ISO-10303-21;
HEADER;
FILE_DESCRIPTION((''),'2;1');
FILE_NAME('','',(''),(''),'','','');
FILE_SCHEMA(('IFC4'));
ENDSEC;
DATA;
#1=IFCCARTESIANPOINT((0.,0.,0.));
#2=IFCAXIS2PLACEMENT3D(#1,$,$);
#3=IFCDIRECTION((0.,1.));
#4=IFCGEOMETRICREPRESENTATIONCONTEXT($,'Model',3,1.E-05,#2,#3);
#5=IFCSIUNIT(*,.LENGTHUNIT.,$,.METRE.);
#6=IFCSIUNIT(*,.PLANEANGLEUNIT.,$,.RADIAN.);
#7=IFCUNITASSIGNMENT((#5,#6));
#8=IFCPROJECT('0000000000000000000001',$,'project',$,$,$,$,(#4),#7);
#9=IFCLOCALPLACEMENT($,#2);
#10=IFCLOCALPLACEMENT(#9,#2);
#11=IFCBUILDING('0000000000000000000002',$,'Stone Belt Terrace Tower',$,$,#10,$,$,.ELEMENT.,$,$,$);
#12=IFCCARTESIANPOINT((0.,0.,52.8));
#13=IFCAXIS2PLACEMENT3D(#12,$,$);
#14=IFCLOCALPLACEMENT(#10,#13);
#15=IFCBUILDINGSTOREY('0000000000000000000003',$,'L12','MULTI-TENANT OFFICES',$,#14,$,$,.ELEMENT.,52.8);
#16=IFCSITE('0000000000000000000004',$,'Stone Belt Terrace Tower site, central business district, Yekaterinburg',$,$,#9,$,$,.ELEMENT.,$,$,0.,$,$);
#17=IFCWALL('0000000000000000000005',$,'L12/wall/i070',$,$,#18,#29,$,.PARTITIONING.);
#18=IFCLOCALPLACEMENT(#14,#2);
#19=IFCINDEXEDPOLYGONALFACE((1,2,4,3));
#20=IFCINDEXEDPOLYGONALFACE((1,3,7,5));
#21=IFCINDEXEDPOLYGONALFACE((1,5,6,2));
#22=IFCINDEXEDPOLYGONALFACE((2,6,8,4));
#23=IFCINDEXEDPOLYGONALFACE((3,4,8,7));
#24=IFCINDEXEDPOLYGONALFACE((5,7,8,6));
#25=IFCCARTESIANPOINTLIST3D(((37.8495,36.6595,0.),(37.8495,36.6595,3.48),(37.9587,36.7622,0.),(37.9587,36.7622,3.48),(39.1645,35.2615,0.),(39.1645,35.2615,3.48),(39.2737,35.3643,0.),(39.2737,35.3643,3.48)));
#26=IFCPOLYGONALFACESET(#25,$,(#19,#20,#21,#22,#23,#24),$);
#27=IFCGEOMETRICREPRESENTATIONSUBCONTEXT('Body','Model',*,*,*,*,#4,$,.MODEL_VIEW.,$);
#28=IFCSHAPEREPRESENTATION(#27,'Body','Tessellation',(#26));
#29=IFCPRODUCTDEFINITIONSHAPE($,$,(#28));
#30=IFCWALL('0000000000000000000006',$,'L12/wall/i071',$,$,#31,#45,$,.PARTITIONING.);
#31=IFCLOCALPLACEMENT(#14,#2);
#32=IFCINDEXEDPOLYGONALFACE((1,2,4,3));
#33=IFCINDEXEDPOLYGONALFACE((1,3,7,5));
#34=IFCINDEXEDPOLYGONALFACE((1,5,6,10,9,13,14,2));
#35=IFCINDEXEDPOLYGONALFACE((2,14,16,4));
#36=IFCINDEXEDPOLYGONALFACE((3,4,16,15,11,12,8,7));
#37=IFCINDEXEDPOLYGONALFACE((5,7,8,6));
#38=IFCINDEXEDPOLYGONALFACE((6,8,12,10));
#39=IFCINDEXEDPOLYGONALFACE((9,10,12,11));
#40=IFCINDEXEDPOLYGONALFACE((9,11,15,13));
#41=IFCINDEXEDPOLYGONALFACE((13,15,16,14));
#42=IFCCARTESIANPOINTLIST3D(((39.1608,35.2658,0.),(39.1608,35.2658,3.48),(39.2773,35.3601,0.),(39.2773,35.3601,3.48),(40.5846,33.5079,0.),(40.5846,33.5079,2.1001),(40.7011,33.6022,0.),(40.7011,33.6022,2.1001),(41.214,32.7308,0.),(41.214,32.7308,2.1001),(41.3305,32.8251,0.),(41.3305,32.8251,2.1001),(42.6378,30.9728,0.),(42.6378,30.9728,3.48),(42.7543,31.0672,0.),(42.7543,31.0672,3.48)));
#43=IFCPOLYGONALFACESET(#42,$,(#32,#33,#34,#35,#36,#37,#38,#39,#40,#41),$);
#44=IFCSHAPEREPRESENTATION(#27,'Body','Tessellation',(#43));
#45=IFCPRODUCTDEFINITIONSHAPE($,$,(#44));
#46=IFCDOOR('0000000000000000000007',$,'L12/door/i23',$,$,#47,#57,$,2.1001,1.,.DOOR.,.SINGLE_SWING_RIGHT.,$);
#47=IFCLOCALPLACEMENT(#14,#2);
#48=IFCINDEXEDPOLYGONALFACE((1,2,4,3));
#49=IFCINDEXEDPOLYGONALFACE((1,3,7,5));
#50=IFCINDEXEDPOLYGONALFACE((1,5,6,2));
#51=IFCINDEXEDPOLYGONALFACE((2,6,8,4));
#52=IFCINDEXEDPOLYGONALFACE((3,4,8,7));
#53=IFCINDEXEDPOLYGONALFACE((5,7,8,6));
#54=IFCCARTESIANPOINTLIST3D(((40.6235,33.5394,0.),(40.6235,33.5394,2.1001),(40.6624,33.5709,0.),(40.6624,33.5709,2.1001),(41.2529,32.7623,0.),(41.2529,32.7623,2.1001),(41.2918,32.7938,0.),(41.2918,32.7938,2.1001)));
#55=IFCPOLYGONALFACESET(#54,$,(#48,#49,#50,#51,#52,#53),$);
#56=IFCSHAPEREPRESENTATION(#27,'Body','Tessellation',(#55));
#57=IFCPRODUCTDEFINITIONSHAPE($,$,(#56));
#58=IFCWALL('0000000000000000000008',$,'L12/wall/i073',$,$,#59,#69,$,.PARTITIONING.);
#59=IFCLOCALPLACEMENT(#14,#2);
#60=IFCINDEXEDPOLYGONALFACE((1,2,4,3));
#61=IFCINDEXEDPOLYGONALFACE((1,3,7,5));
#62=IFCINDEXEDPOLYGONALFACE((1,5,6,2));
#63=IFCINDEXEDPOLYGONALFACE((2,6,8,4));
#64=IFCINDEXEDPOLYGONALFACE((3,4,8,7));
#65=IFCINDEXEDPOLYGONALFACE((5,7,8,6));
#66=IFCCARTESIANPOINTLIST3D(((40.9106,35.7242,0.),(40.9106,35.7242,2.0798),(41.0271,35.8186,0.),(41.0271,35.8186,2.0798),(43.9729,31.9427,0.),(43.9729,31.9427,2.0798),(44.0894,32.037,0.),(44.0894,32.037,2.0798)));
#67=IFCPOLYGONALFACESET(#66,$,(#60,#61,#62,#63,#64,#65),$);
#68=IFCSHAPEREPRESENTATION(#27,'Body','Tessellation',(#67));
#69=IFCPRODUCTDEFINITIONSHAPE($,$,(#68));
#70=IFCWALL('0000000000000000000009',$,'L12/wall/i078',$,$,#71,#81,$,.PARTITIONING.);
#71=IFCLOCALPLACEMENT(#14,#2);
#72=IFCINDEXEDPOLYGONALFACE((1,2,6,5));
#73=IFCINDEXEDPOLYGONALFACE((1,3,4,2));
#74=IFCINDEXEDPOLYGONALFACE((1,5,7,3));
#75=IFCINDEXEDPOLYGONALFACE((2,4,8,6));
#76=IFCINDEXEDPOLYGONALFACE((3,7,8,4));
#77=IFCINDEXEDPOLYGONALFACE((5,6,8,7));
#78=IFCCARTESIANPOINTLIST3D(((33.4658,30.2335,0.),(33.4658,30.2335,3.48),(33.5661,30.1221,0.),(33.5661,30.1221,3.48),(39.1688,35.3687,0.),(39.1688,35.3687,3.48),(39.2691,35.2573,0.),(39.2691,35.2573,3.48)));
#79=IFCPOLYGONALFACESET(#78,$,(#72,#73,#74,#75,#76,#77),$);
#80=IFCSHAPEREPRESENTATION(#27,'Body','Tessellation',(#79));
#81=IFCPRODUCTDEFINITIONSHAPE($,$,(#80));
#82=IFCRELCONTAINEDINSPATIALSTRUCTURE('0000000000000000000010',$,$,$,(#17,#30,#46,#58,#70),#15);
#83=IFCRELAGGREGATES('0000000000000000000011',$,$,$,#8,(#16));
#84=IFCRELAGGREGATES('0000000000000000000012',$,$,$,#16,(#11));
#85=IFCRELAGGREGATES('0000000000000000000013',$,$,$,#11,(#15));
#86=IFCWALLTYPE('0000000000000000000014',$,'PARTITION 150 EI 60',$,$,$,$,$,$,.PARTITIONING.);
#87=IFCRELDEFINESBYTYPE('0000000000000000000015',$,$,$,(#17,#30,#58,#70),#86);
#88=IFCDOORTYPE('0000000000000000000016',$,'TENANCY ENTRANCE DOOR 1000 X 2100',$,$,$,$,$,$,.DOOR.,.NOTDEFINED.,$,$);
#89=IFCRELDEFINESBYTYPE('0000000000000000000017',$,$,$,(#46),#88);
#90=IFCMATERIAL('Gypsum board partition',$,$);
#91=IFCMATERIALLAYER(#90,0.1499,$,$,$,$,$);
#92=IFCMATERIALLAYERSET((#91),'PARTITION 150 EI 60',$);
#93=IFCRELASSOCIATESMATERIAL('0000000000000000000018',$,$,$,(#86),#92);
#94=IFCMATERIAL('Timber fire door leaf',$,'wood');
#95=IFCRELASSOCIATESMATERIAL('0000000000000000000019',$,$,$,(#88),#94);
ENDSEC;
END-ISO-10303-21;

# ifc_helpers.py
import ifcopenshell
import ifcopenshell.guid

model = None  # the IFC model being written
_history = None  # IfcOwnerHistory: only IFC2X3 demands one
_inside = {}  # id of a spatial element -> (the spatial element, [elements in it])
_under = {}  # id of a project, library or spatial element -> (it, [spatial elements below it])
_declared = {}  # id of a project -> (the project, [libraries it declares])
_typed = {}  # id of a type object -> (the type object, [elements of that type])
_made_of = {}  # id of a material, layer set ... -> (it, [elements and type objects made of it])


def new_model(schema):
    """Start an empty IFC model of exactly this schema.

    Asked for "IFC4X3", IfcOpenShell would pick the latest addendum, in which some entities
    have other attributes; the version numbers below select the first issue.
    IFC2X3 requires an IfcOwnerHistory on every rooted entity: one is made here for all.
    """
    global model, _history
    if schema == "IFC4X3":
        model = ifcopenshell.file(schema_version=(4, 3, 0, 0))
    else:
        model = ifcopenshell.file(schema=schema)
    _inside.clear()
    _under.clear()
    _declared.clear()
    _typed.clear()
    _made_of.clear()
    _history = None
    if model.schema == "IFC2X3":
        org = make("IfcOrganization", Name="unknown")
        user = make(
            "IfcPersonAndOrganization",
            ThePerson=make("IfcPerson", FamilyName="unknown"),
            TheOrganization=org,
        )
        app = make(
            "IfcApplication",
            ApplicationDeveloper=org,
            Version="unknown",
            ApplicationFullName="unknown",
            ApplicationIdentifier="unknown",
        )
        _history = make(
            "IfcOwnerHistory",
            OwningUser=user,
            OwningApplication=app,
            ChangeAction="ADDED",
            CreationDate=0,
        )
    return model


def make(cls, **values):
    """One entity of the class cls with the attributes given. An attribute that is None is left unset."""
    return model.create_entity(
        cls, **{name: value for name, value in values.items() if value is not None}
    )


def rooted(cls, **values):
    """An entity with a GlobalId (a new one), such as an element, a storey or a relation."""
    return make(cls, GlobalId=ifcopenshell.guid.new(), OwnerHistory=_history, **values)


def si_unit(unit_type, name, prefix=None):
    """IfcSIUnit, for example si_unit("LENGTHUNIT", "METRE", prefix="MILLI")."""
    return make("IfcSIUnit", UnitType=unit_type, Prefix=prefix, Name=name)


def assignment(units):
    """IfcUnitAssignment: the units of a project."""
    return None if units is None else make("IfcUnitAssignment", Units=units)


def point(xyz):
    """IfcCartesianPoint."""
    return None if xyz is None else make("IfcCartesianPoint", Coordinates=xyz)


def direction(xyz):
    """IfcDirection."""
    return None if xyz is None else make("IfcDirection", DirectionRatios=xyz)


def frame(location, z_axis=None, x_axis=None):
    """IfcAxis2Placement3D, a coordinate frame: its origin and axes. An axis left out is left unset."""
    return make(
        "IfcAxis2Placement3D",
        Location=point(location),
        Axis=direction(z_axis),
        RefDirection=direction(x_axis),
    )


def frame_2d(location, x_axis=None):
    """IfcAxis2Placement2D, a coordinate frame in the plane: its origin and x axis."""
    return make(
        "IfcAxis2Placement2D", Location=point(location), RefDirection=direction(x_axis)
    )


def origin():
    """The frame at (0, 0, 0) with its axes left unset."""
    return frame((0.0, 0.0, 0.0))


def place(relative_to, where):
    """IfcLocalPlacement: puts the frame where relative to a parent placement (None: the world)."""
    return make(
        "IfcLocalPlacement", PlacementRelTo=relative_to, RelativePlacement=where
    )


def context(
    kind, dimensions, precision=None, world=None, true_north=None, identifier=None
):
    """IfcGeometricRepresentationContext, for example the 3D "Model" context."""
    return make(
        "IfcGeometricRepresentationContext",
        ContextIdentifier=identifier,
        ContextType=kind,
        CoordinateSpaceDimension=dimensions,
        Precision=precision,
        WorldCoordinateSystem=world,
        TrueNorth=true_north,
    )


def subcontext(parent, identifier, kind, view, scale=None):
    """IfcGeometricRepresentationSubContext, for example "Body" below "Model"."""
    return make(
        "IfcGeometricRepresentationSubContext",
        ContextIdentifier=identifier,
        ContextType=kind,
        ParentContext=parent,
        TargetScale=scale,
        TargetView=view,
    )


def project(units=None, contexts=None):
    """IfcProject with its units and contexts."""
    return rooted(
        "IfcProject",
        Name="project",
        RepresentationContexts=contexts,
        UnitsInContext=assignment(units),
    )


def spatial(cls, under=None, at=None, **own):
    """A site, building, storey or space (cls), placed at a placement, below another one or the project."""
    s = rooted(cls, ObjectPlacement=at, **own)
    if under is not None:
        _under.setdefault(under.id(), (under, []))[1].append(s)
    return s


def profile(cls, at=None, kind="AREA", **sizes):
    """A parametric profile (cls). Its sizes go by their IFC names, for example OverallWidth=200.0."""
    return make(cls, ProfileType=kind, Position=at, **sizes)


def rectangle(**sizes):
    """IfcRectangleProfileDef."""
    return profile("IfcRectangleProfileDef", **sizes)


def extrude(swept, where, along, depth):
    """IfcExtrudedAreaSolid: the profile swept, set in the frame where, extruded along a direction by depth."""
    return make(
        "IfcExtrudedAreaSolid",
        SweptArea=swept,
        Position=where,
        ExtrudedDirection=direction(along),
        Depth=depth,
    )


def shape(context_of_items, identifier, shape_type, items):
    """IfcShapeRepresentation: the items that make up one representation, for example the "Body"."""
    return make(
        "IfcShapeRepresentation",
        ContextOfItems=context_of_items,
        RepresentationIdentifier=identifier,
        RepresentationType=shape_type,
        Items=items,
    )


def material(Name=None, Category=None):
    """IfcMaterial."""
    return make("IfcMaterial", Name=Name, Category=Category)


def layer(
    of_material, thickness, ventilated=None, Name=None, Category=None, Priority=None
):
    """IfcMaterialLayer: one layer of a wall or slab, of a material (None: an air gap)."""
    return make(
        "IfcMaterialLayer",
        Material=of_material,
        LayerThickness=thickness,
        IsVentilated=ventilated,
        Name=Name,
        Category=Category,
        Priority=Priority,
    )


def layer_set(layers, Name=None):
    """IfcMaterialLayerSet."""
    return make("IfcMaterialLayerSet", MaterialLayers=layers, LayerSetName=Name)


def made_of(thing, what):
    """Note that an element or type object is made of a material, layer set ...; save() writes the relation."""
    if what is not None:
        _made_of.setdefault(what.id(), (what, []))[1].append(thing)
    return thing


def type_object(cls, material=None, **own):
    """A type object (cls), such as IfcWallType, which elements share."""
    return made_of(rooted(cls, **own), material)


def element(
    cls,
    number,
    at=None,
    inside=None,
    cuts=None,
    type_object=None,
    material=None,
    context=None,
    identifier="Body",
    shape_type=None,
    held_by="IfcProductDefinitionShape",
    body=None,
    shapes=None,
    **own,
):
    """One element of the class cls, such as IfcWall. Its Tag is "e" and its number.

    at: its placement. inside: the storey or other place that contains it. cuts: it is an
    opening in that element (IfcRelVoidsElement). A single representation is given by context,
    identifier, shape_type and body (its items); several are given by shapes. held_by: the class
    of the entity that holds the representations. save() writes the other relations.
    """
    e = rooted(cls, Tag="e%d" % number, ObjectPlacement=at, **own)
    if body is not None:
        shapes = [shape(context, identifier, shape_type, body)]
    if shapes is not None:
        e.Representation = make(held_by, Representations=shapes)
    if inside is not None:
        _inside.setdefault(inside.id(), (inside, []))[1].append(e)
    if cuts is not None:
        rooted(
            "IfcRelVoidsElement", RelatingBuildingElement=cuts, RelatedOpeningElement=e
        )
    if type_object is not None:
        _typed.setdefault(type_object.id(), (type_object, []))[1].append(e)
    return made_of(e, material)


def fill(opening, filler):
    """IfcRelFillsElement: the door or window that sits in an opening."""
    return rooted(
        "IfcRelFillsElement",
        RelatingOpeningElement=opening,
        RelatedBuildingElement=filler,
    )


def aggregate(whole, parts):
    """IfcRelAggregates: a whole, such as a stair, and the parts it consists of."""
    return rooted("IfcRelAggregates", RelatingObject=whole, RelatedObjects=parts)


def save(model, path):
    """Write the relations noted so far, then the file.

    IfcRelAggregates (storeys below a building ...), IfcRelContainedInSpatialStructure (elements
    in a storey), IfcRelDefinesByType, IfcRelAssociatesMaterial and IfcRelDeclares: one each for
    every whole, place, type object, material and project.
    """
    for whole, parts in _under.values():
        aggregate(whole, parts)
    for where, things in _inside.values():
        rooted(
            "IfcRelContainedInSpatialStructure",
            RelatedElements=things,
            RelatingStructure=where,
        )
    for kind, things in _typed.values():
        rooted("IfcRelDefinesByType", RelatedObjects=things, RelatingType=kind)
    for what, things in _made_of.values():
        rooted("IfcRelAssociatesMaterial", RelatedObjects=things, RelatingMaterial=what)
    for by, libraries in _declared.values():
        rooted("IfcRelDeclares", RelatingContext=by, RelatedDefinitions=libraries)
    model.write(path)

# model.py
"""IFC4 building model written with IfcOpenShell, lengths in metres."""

from ifc_helpers import new_model, si_unit, direction, frame, frame_2d, origin, place, context, subcontext, project, spatial, rectangle, extrude, material, layer, layer_set, type_object, element, fill, save


model = new_model("IFC4")

# Units and contexts
model_context = context("Model", 3, precision=1e-05, world=origin(), true_north=direction((0.0, 1.0)))
body_context = subcontext(model_context, "Body", "Model", "MODEL_VIEW")
ifc_project = project(units=[si_unit("LENGTHUNIT", "METRE"), si_unit("PLANEANGLEUNIT", "RADIAN")], contexts=[model_context])

# Site, building, storey
site_placement = place(None, origin())
site = spatial("IfcSite", under=ifc_project, at=site_placement, Name="Stone Belt Terrace Tower site, central business district, Yekaterinburg", CompositionType="ELEMENT", RefElevation=0.0)
building_placement = place(site_placement, origin())
building = spatial("IfcBuilding", under=site, at=building_placement, Name="Stone Belt Terrace Tower", CompositionType="ELEMENT")
storey_placement = place(building_placement, frame((0.0, 0.0, 52.8)))
storey = spatial("IfcBuildingStorey", under=building, at=storey_placement, Name="L12", Description="MULTI-TENANT OFFICES", CompositionType="ELEMENT", Elevation=52.8)

# Shared definitions
ifc_material_1 = material(Name="Gypsum board partition")
ifc_layer_1 = layer(ifc_material_1, 0.1499)
ifc_layer_set_1 = layer_set([ifc_layer_1], Name="PARTITION 150 EI 60")
wall_type = type_object("IfcWallType", Name="PARTITION 150 EI 60", PredefinedType="PARTITIONING", material=ifc_layer_set_1)
ifc_material_2 = material(Name="Timber fire door leaf", Category="wood")
door_type = type_object("IfcDoorType", Name="TENANCY ENTRANCE DOOR 1000 X 2100", OperationType="NOTDEFINED", PredefinedType="DOOR", material=ifc_material_2)

# Wall
wall_1_placement = place(storey_placement, frame((39.219, 35.313, 0.0), z_axis=(0.0, 0.0, 1.0), x_axis=(-0.68515, 0.728402, 0.0)))
element("IfcWall", 1, at=wall_1_placement, inside=storey, type_object=wall_type, Name="L12/wall/i070", PredefinedType="PARTITIONING", context=body_context, shape_type="SweptSolid", body=[
    extrude(rectangle(XDim=1.9192, YDim=0.1499, at=frame_2d((0.9595, 0.0))), origin(), (0.0, 0.0, 1.0), 3.48),
])

# Wall, opening, door
wall_2_placement = place(storey_placement, frame((42.696, 31.02, 0.0), z_axis=(0.0, 0.0, 1.0), x_axis=(-0.629394, 0.777086, 0.0)))
wall_2 = element("IfcWall", 2, at=wall_2_placement, inside=storey, type_object=wall_type, Name="L12/wall/i071", PredefinedType="PARTITIONING", context=body_context, shape_type="SweptSolid", body=[
    extrude(rectangle(XDim=5.5244, YDim=0.1499, at=frame_2d((2.7622, 0.0))), origin(), (0.0, 0.0, 1.0), 3.48),
])
opening_1_placement = place(wall_2_placement, frame((2.2622, 0.0, 0.0)))
opening_1 = element("IfcOpeningElement", 3, at=opening_1_placement, cuts=wall_2, PredefinedType="OPENING", context=body_context, shape_type="SweptSolid", body=[
    extrude(rectangle(XDim=1.0, YDim=2.1001, at=frame_2d((0.5, 1.05))), frame((0.0, 0.085, 0.0), z_axis=(0.0, -1.0, 0.0), x_axis=(1.0, 0.0, 0.0)), (0.0, 0.0, 1.0), 0.1699),
])
door_1_placement = place(opening_1_placement, origin())
door_1 = element("IfcDoor", 4, at=door_1_placement, inside=storey, type_object=door_type, Name="L12/door/i23", OperationType="SINGLE_SWING_RIGHT", OverallHeight=2.1001, OverallWidth=1.0, PredefinedType="DOOR", context=body_context, shape_type="SweptSolid", body=[
    extrude(rectangle(XDim=1.0, YDim=2.1001, at=frame_2d((0.5, 1.05))), frame((0.0, 0.0249, 0.0), z_axis=(0.0, -1.0, 0.0), x_axis=(1.0, 0.0, 0.0)), (0.0, 0.0, 1.0), 0.05),
])
fill(opening_1, door_1)

# Walls
wall_3_placement = place(storey_placement, frame((40.9688, 35.7715, 0.0), z_axis=(0.0, 0.0, 1.0), x_axis=(0.629328, -0.77714, 0.0)))
element("IfcWall", 5, at=wall_3_placement, inside=storey, type_object=wall_type, Name="L12/wall/i073", PredefinedType="PARTITIONING", context=body_context, shape_type="SweptSolid", body=[
    extrude(rectangle(XDim=4.866, YDim=0.1499, at=frame_2d((2.4331, 0.0))), origin(), (0.0, 0.0, 1.0), 2.0798),
])
wall_4_placement = place(storey_placement, frame((39.219, 35.313, 0.0), z_axis=(0.0, 0.0, 1.0), x_axis=(-0.743136, -0.66914, 0.0)))
element("IfcWall", 6, at=wall_4_placement, inside=storey, type_object=wall_type, Name="L12/wall/i078", PredefinedType="PARTITIONING", context=body_context, shape_type="SweptSolid", body=[
    extrude(rectangle(XDim=7.6743, YDim=0.1499, at=frame_2d((3.8372, 0.0))), origin(), (0.0, 0.0, 1.0), 3.48),
])

save(model, "model.ifc")
